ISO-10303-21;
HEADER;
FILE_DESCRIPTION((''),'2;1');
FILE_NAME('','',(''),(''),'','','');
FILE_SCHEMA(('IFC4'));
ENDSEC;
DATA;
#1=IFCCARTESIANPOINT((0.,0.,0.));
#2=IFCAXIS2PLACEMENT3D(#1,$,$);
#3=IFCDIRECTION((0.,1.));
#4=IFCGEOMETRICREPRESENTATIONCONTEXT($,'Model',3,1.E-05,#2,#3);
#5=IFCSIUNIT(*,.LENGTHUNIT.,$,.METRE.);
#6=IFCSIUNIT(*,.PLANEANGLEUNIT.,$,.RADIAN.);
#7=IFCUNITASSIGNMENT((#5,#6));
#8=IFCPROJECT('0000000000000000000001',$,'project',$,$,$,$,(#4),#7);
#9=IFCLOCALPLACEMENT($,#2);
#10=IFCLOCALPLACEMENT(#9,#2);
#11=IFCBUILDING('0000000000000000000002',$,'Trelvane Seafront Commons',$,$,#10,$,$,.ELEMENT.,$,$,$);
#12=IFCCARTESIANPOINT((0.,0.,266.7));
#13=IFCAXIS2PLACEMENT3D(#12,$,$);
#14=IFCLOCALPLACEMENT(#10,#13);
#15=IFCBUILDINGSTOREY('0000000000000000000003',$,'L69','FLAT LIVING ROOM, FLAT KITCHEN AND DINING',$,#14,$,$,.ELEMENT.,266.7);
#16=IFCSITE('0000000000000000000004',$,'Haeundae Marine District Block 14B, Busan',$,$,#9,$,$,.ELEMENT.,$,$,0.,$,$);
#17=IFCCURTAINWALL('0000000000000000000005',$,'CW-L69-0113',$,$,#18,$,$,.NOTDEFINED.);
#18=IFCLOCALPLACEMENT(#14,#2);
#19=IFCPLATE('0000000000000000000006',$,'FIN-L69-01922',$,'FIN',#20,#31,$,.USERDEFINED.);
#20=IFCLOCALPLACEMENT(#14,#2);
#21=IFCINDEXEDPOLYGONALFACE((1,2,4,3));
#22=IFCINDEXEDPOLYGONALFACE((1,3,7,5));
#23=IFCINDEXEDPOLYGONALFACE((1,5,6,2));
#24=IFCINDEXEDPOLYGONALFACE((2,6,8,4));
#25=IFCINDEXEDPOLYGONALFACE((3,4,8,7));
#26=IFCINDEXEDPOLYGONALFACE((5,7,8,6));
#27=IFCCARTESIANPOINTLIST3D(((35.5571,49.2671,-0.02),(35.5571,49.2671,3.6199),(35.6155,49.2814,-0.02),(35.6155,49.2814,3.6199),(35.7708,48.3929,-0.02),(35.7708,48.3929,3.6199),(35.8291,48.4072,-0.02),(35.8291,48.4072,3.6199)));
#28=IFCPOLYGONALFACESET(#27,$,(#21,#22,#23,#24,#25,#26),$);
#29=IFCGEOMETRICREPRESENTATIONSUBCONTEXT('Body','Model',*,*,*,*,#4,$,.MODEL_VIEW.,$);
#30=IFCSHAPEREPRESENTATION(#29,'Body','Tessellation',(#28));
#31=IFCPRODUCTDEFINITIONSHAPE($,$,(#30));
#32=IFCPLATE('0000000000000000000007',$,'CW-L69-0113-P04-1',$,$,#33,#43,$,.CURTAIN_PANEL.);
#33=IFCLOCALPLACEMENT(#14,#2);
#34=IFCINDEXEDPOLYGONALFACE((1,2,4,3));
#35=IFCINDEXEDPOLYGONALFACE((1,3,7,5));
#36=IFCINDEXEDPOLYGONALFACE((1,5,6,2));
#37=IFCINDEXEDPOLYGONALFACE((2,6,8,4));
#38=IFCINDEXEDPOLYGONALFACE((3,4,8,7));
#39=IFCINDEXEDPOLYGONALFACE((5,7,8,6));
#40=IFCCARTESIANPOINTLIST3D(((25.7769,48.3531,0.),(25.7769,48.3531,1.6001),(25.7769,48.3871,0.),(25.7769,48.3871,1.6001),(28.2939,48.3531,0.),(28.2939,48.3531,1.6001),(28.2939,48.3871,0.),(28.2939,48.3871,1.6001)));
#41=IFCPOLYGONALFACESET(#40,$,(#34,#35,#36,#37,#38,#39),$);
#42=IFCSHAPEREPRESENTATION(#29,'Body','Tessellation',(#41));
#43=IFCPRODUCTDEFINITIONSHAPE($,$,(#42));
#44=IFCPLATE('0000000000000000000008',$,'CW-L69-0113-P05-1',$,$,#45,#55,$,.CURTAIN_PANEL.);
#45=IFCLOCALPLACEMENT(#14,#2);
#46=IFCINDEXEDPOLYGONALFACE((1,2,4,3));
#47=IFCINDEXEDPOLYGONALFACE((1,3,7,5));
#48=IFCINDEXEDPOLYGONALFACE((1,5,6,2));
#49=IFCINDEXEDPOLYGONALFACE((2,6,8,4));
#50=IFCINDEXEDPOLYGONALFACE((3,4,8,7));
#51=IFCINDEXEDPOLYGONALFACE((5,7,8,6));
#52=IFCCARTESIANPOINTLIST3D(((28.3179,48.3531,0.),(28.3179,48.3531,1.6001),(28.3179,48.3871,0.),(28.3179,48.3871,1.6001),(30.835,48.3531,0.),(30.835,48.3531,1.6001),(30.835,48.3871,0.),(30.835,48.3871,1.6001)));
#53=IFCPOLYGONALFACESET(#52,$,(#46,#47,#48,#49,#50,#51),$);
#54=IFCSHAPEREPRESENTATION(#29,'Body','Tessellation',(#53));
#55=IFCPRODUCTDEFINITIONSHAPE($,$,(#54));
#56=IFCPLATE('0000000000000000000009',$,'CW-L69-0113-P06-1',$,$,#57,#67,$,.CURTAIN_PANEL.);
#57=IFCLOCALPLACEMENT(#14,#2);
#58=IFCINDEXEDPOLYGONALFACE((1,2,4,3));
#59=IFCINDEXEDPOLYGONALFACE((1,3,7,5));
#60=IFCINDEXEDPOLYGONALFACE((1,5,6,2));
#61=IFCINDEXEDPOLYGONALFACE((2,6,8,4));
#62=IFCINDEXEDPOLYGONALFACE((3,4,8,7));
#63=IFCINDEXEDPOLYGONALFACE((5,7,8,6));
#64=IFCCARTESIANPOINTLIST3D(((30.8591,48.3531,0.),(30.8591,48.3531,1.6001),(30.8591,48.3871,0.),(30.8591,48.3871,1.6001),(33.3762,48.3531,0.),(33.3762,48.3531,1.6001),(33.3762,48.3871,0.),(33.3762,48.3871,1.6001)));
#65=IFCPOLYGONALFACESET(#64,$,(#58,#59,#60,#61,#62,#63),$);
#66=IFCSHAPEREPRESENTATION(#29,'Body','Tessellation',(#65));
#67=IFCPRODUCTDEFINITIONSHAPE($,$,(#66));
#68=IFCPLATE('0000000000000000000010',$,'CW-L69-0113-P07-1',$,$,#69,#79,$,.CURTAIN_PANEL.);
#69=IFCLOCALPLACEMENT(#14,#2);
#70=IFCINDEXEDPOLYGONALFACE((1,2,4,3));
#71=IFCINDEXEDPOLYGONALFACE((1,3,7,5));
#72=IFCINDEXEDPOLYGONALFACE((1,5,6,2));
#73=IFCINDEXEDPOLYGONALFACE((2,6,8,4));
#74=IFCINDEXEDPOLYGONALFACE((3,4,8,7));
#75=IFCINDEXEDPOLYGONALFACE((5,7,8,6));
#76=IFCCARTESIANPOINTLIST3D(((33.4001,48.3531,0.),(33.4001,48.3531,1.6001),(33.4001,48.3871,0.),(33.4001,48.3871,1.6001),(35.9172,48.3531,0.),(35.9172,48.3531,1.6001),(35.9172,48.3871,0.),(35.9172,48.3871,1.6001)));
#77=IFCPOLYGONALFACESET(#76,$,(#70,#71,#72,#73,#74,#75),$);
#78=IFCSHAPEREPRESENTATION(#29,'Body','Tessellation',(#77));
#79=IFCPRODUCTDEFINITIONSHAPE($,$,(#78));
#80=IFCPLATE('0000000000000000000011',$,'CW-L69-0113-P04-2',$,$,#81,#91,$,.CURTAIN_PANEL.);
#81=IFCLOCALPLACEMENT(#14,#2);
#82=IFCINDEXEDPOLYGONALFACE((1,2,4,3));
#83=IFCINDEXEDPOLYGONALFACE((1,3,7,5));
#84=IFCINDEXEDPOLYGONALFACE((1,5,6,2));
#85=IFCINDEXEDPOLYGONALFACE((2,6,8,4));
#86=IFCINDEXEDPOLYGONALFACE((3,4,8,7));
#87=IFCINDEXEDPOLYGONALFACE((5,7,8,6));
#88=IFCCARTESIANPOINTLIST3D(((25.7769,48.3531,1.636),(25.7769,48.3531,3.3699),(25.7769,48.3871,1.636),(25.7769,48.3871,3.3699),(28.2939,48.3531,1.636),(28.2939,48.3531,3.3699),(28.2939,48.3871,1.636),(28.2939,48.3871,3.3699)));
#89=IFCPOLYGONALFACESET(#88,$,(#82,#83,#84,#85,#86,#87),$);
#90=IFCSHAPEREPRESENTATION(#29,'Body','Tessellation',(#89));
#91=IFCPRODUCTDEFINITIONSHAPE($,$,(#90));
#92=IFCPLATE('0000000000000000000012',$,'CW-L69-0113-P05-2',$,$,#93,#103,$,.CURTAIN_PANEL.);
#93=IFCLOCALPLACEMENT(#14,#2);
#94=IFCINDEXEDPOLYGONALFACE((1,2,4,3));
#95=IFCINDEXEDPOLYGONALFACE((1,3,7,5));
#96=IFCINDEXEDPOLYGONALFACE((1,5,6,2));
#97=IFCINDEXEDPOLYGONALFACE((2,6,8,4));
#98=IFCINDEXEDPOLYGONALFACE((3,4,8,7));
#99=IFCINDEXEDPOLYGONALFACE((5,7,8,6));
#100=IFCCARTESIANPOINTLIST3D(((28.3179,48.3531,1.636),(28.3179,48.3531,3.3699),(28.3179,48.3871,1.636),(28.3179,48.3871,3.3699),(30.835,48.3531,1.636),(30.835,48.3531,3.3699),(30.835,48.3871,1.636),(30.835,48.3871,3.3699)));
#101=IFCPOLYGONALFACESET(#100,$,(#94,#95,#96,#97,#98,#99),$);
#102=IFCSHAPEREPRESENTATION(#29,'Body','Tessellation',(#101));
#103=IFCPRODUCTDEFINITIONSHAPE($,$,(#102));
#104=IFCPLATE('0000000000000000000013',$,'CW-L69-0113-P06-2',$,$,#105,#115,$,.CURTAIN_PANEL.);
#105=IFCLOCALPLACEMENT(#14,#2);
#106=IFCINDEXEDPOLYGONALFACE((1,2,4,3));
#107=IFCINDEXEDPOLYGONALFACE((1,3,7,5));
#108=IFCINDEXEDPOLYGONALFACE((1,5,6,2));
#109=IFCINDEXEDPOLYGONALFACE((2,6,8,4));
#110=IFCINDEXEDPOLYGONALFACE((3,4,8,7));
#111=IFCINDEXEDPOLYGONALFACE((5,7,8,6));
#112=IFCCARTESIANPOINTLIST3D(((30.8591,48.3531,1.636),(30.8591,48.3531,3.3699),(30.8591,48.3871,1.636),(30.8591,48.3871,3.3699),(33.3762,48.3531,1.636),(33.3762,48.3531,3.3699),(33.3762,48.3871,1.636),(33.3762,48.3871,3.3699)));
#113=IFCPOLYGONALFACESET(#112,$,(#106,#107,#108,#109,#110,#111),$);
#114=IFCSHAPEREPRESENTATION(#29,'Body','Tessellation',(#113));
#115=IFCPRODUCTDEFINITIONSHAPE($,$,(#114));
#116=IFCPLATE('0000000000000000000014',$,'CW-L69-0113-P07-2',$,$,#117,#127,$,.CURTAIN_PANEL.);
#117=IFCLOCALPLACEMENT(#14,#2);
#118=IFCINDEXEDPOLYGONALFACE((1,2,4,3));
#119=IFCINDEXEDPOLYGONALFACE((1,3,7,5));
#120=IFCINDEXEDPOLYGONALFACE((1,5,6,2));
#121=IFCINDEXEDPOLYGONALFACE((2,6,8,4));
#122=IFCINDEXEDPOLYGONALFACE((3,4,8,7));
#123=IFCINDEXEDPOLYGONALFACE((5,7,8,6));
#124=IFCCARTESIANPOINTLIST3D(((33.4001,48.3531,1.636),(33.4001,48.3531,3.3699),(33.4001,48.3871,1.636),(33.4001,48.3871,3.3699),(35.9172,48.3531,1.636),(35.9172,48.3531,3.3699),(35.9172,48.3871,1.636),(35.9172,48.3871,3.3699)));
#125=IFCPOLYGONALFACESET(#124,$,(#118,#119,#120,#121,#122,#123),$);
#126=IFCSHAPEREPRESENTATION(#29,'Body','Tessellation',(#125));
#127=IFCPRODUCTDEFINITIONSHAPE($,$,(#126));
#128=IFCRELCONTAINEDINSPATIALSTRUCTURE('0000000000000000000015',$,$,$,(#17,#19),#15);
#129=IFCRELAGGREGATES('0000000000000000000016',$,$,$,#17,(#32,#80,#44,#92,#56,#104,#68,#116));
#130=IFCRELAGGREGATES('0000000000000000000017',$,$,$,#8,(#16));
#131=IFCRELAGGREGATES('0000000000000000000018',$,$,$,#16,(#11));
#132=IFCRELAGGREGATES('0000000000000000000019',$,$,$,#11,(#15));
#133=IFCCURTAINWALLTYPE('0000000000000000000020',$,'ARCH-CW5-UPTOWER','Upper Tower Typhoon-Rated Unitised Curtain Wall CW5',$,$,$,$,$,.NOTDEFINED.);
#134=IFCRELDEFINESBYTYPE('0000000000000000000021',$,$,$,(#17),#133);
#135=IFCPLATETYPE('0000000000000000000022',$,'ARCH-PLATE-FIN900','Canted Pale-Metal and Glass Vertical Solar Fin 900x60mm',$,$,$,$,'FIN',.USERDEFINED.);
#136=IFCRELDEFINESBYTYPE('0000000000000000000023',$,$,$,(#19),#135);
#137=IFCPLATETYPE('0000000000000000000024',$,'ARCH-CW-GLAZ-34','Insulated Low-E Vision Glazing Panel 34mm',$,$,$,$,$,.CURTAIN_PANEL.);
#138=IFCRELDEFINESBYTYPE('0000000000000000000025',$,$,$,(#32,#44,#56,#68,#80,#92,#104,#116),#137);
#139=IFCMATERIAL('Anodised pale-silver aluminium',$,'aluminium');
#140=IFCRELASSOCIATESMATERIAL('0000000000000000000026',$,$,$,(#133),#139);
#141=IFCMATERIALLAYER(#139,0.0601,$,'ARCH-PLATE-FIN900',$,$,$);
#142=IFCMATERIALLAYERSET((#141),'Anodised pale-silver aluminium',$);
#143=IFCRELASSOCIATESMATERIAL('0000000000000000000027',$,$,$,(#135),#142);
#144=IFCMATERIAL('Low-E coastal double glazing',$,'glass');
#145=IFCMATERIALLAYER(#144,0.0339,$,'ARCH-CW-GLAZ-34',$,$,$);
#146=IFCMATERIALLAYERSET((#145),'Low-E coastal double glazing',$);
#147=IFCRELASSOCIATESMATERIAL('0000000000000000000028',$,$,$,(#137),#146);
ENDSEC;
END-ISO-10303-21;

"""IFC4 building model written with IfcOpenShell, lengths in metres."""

from ifc_helpers import new_model, si_unit, direction, frame, origin, origin_2d, place, context, subcontext, project, spatial, rectangle, extrude, source, transform, mapped, material, layer, layer_set, type_object, element, aggregate, save


model = new_model("IFC4")

# Units and contexts
model_context = context("Model", 3, precision=1e-05, world=origin(), true_north=direction((0.0, 1.0)))
body_context = subcontext(model_context, "Body", "Model", "MODEL_VIEW")
ifc_project = project(units=[si_unit("LENGTHUNIT", "METRE"), si_unit("PLANEANGLEUNIT", "RADIAN")], contexts=[model_context])

# Site, building, storey
site_placement = place(None, origin())
site = spatial("IfcSite", under=ifc_project, at=site_placement, Name="Haeundae Marine District Block 14B, Busan", CompositionType="ELEMENT", RefElevation=0.0)
building_placement = place(site_placement, origin())
building = spatial("IfcBuilding", under=site, at=building_placement, Name="Trelvane Seafront Commons", CompositionType="ELEMENT")
storey_placement = place(building_placement, frame((0.0, 0.0, 266.7)))
storey = spatial("IfcBuildingStorey", under=building, at=storey_placement, Name="L69", Description="FLAT LIVING ROOM, FLAT KITCHEN AND DINING", CompositionType="ELEMENT", Elevation=266.7)

# Curtain wall
ifc_material_1 = material(Name="Anodised pale-silver aluminium", Category="aluminium")
curtain_wall_type = type_object("IfcCurtainWallType", Name="ARCH-CW5-UPTOWER", Description="Upper Tower Typhoon-Rated Unitised Curtain Wall CW5", PredefinedType="NOTDEFINED", material=ifc_material_1)
curtain_wall_placement = place(storey_placement, origin())
curtain_wall = element("IfcCurtainWall", 1, at=curtain_wall_placement, inside=storey, type_object=curtain_wall_type, Name="CW-L69-0113", PredefinedType="NOTDEFINED")

# Plate
ifc_layer_1 = layer(ifc_material_1, 0.0601, Name="ARCH-PLATE-FIN900")
ifc_layer_set_1 = layer_set([ifc_layer_1], Name="Anodised pale-silver aluminium")
plate_type_1 = type_object("IfcPlateType", Name="ARCH-PLATE-FIN900", Description="Canted Pale-Metal and Glass Vertical Solar Fin 900x60mm", ElementType="FIN", PredefinedType="USERDEFINED", material=ifc_layer_set_1)
shared_shape_1 = source(origin(), body_context, "Body", "SweptSolid", [
    extrude(rectangle(XDim=0.8999, YDim=0.0601, at=origin_2d()), origin(), (0.0, 0.0, 1.0), 3.6399),
])
for number, where, z_axis, x_axis, name in (
    (2, (35.6931, 48.8372, -0.02), (0.0, 0.0, 1.0), (-0.237435, 0.971403, 0.0), "FIN-L69-01922"),
):
    element("IfcPlate", number, at=place(storey_placement, frame(where, z_axis=z_axis, x_axis=x_axis)), inside=storey, type_object=plate_type_1, Name=name, ObjectType="FIN", PredefinedType="USERDEFINED", context=body_context, shape_type="MappedRepresentation", body=[
        mapped(shared_shape_1, transform((0.0, 0.0, 0.0), x_axis=(1.0, 0.0, 0.0), y_axis=(0.0, 1.0, 0.0), z_axis=(0.0, 0.0, 1.0), scale=1.0)),
    ])

# Plates
ifc_material_2 = material(Name="Low-E coastal double glazing", Category="glass")
ifc_layer_2 = layer(ifc_material_2, 0.0339, Name="ARCH-CW-GLAZ-34")
ifc_layer_set_2 = layer_set([ifc_layer_2], Name="Low-E coastal double glazing")
plate_type_2 = type_object("IfcPlateType", Name="ARCH-CW-GLAZ-34", Description="Insulated Low-E Vision Glazing Panel 34mm", PredefinedType="CURTAIN_PANEL", material=ifc_layer_set_2)
shared_shape_2 = source(origin(), body_context, "Body", "SweptSolid", [
    extrude(rectangle(XDim=2.5171, YDim=0.0339, at=origin_2d()), origin(), (0.0, 0.0, 1.0), 1.6001),
])
plate_1_placement = place(storey_placement, frame((27.0354, 48.3701, 0.0), z_axis=(0.0, 0.0, 1.0), x_axis=(1.0, 0.0, 0.0)))
plate_1 = element("IfcPlate", 3, at=plate_1_placement, type_object=plate_type_2, Name="CW-L69-0113-P04-1", PredefinedType="CURTAIN_PANEL", context=body_context, shape_type="MappedRepresentation", body=[
    mapped(shared_shape_2, transform((0.0, 0.0, 0.0), x_axis=(1.0, 0.0, 0.0), y_axis=(0.0, 1.0, 0.0), z_axis=(0.0, 0.0, 1.0), scale=1.0)),
])
plate_2_placement = place(storey_placement, frame((29.5764, 48.3701, 0.0), z_axis=(0.0, 0.0, 1.0), x_axis=(1.0, 0.0, 0.0)))
plate_2 = element("IfcPlate", 4, at=plate_2_placement, type_object=plate_type_2, Name="CW-L69-0113-P05-1", PredefinedType="CURTAIN_PANEL", context=body_context, shape_type="MappedRepresentation", body=[
    mapped(shared_shape_2, transform((0.0, 0.0, 0.0), x_axis=(1.0, 0.0, 0.0), y_axis=(0.0, 1.0, 0.0), z_axis=(0.0, 0.0, 1.0), scale=1.0)),
])
plate_3_placement = place(storey_placement, frame((32.1177, 48.3701, 0.0), z_axis=(0.0, 0.0, 1.0), x_axis=(1.0, 0.0, 0.0)))
plate_3 = element("IfcPlate", 5, at=plate_3_placement, type_object=plate_type_2, Name="CW-L69-0113-P06-1", PredefinedType="CURTAIN_PANEL", context=body_context, shape_type="MappedRepresentation", body=[
    mapped(shared_shape_2, transform((0.0, 0.0, 0.0), x_axis=(1.0, 0.0, 0.0), y_axis=(0.0, 1.0, 0.0), z_axis=(0.0, 0.0, 1.0), scale=1.0)),
])
plate_4_placement = place(storey_placement, frame((34.6587, 48.3701, 0.0), z_axis=(0.0, 0.0, 1.0), x_axis=(1.0, 0.0, 0.0)))
plate_4 = element("IfcPlate", 6, at=plate_4_placement, type_object=plate_type_2, Name="CW-L69-0113-P07-1", PredefinedType="CURTAIN_PANEL", context=body_context, shape_type="MappedRepresentation", body=[
    mapped(shared_shape_2, transform((0.0, 0.0, 0.0), x_axis=(1.0, 0.0, 0.0), y_axis=(0.0, 1.0, 0.0), z_axis=(0.0, 0.0, 1.0), scale=1.0)),
])
shared_shape_3 = source(origin(), body_context, "Body", "SweptSolid", [
    extrude(rectangle(XDim=2.5171, YDim=0.0339, at=origin_2d()), origin(), (0.0, 0.0, 1.0), 1.7339),
])
plate_5_placement = place(storey_placement, frame((27.0354, 48.3701, 1.636), z_axis=(0.0, 0.0, 1.0), x_axis=(1.0, 0.0, 0.0)))
plate_5 = element("IfcPlate", 7, at=plate_5_placement, type_object=plate_type_2, Name="CW-L69-0113-P04-2", PredefinedType="CURTAIN_PANEL", context=body_context, shape_type="MappedRepresentation", body=[
    mapped(shared_shape_3, transform((0.0, 0.0, 0.0), x_axis=(1.0, 0.0, 0.0), y_axis=(0.0, 1.0, 0.0), z_axis=(0.0, 0.0, 1.0), scale=1.0)),
])
plate_6_placement = place(storey_placement, frame((29.5764, 48.3701, 1.636), z_axis=(0.0, 0.0, 1.0), x_axis=(1.0, 0.0, 0.0)))
plate_6 = element("IfcPlate", 8, at=plate_6_placement, type_object=plate_type_2, Name="CW-L69-0113-P05-2", PredefinedType="CURTAIN_PANEL", context=body_context, shape_type="MappedRepresentation", body=[
    mapped(shared_shape_3, transform((0.0, 0.0, 0.0), x_axis=(1.0, 0.0, 0.0), y_axis=(0.0, 1.0, 0.0), z_axis=(0.0, 0.0, 1.0), scale=1.0)),
])
plate_7_placement = place(storey_placement, frame((32.1177, 48.3701, 1.636), z_axis=(0.0, 0.0, 1.0), x_axis=(1.0, 0.0, 0.0)))
plate_7 = element("IfcPlate", 9, at=plate_7_placement, type_object=plate_type_2, Name="CW-L69-0113-P06-2", PredefinedType="CURTAIN_PANEL", context=body_context, shape_type="MappedRepresentation", body=[
    mapped(shared_shape_3, transform((0.0, 0.0, 0.0), x_axis=(1.0, 0.0, 0.0), y_axis=(0.0, 1.0, 0.0), z_axis=(0.0, 0.0, 1.0), scale=1.0)),
])
plate_8_placement = place(storey_placement, frame((34.6587, 48.3701, 1.636), z_axis=(0.0, 0.0, 1.0), x_axis=(1.0, 0.0, 0.0)))
plate_8 = element("IfcPlate", 10, at=plate_8_placement, type_object=plate_type_2, Name="CW-L69-0113-P07-2", PredefinedType="CURTAIN_PANEL", context=body_context, shape_type="MappedRepresentation", body=[
    mapped(shared_shape_3, transform((0.0, 0.0, 0.0), x_axis=(1.0, 0.0, 0.0), y_axis=(0.0, 1.0, 0.0), z_axis=(0.0, 0.0, 1.0), scale=1.0)),
])
aggregate(curtain_wall, [plate_1, plate_5, plate_2, plate_6, plate_3, plate_7, plate_4, plate_8])

save(model, "model.ifc")
